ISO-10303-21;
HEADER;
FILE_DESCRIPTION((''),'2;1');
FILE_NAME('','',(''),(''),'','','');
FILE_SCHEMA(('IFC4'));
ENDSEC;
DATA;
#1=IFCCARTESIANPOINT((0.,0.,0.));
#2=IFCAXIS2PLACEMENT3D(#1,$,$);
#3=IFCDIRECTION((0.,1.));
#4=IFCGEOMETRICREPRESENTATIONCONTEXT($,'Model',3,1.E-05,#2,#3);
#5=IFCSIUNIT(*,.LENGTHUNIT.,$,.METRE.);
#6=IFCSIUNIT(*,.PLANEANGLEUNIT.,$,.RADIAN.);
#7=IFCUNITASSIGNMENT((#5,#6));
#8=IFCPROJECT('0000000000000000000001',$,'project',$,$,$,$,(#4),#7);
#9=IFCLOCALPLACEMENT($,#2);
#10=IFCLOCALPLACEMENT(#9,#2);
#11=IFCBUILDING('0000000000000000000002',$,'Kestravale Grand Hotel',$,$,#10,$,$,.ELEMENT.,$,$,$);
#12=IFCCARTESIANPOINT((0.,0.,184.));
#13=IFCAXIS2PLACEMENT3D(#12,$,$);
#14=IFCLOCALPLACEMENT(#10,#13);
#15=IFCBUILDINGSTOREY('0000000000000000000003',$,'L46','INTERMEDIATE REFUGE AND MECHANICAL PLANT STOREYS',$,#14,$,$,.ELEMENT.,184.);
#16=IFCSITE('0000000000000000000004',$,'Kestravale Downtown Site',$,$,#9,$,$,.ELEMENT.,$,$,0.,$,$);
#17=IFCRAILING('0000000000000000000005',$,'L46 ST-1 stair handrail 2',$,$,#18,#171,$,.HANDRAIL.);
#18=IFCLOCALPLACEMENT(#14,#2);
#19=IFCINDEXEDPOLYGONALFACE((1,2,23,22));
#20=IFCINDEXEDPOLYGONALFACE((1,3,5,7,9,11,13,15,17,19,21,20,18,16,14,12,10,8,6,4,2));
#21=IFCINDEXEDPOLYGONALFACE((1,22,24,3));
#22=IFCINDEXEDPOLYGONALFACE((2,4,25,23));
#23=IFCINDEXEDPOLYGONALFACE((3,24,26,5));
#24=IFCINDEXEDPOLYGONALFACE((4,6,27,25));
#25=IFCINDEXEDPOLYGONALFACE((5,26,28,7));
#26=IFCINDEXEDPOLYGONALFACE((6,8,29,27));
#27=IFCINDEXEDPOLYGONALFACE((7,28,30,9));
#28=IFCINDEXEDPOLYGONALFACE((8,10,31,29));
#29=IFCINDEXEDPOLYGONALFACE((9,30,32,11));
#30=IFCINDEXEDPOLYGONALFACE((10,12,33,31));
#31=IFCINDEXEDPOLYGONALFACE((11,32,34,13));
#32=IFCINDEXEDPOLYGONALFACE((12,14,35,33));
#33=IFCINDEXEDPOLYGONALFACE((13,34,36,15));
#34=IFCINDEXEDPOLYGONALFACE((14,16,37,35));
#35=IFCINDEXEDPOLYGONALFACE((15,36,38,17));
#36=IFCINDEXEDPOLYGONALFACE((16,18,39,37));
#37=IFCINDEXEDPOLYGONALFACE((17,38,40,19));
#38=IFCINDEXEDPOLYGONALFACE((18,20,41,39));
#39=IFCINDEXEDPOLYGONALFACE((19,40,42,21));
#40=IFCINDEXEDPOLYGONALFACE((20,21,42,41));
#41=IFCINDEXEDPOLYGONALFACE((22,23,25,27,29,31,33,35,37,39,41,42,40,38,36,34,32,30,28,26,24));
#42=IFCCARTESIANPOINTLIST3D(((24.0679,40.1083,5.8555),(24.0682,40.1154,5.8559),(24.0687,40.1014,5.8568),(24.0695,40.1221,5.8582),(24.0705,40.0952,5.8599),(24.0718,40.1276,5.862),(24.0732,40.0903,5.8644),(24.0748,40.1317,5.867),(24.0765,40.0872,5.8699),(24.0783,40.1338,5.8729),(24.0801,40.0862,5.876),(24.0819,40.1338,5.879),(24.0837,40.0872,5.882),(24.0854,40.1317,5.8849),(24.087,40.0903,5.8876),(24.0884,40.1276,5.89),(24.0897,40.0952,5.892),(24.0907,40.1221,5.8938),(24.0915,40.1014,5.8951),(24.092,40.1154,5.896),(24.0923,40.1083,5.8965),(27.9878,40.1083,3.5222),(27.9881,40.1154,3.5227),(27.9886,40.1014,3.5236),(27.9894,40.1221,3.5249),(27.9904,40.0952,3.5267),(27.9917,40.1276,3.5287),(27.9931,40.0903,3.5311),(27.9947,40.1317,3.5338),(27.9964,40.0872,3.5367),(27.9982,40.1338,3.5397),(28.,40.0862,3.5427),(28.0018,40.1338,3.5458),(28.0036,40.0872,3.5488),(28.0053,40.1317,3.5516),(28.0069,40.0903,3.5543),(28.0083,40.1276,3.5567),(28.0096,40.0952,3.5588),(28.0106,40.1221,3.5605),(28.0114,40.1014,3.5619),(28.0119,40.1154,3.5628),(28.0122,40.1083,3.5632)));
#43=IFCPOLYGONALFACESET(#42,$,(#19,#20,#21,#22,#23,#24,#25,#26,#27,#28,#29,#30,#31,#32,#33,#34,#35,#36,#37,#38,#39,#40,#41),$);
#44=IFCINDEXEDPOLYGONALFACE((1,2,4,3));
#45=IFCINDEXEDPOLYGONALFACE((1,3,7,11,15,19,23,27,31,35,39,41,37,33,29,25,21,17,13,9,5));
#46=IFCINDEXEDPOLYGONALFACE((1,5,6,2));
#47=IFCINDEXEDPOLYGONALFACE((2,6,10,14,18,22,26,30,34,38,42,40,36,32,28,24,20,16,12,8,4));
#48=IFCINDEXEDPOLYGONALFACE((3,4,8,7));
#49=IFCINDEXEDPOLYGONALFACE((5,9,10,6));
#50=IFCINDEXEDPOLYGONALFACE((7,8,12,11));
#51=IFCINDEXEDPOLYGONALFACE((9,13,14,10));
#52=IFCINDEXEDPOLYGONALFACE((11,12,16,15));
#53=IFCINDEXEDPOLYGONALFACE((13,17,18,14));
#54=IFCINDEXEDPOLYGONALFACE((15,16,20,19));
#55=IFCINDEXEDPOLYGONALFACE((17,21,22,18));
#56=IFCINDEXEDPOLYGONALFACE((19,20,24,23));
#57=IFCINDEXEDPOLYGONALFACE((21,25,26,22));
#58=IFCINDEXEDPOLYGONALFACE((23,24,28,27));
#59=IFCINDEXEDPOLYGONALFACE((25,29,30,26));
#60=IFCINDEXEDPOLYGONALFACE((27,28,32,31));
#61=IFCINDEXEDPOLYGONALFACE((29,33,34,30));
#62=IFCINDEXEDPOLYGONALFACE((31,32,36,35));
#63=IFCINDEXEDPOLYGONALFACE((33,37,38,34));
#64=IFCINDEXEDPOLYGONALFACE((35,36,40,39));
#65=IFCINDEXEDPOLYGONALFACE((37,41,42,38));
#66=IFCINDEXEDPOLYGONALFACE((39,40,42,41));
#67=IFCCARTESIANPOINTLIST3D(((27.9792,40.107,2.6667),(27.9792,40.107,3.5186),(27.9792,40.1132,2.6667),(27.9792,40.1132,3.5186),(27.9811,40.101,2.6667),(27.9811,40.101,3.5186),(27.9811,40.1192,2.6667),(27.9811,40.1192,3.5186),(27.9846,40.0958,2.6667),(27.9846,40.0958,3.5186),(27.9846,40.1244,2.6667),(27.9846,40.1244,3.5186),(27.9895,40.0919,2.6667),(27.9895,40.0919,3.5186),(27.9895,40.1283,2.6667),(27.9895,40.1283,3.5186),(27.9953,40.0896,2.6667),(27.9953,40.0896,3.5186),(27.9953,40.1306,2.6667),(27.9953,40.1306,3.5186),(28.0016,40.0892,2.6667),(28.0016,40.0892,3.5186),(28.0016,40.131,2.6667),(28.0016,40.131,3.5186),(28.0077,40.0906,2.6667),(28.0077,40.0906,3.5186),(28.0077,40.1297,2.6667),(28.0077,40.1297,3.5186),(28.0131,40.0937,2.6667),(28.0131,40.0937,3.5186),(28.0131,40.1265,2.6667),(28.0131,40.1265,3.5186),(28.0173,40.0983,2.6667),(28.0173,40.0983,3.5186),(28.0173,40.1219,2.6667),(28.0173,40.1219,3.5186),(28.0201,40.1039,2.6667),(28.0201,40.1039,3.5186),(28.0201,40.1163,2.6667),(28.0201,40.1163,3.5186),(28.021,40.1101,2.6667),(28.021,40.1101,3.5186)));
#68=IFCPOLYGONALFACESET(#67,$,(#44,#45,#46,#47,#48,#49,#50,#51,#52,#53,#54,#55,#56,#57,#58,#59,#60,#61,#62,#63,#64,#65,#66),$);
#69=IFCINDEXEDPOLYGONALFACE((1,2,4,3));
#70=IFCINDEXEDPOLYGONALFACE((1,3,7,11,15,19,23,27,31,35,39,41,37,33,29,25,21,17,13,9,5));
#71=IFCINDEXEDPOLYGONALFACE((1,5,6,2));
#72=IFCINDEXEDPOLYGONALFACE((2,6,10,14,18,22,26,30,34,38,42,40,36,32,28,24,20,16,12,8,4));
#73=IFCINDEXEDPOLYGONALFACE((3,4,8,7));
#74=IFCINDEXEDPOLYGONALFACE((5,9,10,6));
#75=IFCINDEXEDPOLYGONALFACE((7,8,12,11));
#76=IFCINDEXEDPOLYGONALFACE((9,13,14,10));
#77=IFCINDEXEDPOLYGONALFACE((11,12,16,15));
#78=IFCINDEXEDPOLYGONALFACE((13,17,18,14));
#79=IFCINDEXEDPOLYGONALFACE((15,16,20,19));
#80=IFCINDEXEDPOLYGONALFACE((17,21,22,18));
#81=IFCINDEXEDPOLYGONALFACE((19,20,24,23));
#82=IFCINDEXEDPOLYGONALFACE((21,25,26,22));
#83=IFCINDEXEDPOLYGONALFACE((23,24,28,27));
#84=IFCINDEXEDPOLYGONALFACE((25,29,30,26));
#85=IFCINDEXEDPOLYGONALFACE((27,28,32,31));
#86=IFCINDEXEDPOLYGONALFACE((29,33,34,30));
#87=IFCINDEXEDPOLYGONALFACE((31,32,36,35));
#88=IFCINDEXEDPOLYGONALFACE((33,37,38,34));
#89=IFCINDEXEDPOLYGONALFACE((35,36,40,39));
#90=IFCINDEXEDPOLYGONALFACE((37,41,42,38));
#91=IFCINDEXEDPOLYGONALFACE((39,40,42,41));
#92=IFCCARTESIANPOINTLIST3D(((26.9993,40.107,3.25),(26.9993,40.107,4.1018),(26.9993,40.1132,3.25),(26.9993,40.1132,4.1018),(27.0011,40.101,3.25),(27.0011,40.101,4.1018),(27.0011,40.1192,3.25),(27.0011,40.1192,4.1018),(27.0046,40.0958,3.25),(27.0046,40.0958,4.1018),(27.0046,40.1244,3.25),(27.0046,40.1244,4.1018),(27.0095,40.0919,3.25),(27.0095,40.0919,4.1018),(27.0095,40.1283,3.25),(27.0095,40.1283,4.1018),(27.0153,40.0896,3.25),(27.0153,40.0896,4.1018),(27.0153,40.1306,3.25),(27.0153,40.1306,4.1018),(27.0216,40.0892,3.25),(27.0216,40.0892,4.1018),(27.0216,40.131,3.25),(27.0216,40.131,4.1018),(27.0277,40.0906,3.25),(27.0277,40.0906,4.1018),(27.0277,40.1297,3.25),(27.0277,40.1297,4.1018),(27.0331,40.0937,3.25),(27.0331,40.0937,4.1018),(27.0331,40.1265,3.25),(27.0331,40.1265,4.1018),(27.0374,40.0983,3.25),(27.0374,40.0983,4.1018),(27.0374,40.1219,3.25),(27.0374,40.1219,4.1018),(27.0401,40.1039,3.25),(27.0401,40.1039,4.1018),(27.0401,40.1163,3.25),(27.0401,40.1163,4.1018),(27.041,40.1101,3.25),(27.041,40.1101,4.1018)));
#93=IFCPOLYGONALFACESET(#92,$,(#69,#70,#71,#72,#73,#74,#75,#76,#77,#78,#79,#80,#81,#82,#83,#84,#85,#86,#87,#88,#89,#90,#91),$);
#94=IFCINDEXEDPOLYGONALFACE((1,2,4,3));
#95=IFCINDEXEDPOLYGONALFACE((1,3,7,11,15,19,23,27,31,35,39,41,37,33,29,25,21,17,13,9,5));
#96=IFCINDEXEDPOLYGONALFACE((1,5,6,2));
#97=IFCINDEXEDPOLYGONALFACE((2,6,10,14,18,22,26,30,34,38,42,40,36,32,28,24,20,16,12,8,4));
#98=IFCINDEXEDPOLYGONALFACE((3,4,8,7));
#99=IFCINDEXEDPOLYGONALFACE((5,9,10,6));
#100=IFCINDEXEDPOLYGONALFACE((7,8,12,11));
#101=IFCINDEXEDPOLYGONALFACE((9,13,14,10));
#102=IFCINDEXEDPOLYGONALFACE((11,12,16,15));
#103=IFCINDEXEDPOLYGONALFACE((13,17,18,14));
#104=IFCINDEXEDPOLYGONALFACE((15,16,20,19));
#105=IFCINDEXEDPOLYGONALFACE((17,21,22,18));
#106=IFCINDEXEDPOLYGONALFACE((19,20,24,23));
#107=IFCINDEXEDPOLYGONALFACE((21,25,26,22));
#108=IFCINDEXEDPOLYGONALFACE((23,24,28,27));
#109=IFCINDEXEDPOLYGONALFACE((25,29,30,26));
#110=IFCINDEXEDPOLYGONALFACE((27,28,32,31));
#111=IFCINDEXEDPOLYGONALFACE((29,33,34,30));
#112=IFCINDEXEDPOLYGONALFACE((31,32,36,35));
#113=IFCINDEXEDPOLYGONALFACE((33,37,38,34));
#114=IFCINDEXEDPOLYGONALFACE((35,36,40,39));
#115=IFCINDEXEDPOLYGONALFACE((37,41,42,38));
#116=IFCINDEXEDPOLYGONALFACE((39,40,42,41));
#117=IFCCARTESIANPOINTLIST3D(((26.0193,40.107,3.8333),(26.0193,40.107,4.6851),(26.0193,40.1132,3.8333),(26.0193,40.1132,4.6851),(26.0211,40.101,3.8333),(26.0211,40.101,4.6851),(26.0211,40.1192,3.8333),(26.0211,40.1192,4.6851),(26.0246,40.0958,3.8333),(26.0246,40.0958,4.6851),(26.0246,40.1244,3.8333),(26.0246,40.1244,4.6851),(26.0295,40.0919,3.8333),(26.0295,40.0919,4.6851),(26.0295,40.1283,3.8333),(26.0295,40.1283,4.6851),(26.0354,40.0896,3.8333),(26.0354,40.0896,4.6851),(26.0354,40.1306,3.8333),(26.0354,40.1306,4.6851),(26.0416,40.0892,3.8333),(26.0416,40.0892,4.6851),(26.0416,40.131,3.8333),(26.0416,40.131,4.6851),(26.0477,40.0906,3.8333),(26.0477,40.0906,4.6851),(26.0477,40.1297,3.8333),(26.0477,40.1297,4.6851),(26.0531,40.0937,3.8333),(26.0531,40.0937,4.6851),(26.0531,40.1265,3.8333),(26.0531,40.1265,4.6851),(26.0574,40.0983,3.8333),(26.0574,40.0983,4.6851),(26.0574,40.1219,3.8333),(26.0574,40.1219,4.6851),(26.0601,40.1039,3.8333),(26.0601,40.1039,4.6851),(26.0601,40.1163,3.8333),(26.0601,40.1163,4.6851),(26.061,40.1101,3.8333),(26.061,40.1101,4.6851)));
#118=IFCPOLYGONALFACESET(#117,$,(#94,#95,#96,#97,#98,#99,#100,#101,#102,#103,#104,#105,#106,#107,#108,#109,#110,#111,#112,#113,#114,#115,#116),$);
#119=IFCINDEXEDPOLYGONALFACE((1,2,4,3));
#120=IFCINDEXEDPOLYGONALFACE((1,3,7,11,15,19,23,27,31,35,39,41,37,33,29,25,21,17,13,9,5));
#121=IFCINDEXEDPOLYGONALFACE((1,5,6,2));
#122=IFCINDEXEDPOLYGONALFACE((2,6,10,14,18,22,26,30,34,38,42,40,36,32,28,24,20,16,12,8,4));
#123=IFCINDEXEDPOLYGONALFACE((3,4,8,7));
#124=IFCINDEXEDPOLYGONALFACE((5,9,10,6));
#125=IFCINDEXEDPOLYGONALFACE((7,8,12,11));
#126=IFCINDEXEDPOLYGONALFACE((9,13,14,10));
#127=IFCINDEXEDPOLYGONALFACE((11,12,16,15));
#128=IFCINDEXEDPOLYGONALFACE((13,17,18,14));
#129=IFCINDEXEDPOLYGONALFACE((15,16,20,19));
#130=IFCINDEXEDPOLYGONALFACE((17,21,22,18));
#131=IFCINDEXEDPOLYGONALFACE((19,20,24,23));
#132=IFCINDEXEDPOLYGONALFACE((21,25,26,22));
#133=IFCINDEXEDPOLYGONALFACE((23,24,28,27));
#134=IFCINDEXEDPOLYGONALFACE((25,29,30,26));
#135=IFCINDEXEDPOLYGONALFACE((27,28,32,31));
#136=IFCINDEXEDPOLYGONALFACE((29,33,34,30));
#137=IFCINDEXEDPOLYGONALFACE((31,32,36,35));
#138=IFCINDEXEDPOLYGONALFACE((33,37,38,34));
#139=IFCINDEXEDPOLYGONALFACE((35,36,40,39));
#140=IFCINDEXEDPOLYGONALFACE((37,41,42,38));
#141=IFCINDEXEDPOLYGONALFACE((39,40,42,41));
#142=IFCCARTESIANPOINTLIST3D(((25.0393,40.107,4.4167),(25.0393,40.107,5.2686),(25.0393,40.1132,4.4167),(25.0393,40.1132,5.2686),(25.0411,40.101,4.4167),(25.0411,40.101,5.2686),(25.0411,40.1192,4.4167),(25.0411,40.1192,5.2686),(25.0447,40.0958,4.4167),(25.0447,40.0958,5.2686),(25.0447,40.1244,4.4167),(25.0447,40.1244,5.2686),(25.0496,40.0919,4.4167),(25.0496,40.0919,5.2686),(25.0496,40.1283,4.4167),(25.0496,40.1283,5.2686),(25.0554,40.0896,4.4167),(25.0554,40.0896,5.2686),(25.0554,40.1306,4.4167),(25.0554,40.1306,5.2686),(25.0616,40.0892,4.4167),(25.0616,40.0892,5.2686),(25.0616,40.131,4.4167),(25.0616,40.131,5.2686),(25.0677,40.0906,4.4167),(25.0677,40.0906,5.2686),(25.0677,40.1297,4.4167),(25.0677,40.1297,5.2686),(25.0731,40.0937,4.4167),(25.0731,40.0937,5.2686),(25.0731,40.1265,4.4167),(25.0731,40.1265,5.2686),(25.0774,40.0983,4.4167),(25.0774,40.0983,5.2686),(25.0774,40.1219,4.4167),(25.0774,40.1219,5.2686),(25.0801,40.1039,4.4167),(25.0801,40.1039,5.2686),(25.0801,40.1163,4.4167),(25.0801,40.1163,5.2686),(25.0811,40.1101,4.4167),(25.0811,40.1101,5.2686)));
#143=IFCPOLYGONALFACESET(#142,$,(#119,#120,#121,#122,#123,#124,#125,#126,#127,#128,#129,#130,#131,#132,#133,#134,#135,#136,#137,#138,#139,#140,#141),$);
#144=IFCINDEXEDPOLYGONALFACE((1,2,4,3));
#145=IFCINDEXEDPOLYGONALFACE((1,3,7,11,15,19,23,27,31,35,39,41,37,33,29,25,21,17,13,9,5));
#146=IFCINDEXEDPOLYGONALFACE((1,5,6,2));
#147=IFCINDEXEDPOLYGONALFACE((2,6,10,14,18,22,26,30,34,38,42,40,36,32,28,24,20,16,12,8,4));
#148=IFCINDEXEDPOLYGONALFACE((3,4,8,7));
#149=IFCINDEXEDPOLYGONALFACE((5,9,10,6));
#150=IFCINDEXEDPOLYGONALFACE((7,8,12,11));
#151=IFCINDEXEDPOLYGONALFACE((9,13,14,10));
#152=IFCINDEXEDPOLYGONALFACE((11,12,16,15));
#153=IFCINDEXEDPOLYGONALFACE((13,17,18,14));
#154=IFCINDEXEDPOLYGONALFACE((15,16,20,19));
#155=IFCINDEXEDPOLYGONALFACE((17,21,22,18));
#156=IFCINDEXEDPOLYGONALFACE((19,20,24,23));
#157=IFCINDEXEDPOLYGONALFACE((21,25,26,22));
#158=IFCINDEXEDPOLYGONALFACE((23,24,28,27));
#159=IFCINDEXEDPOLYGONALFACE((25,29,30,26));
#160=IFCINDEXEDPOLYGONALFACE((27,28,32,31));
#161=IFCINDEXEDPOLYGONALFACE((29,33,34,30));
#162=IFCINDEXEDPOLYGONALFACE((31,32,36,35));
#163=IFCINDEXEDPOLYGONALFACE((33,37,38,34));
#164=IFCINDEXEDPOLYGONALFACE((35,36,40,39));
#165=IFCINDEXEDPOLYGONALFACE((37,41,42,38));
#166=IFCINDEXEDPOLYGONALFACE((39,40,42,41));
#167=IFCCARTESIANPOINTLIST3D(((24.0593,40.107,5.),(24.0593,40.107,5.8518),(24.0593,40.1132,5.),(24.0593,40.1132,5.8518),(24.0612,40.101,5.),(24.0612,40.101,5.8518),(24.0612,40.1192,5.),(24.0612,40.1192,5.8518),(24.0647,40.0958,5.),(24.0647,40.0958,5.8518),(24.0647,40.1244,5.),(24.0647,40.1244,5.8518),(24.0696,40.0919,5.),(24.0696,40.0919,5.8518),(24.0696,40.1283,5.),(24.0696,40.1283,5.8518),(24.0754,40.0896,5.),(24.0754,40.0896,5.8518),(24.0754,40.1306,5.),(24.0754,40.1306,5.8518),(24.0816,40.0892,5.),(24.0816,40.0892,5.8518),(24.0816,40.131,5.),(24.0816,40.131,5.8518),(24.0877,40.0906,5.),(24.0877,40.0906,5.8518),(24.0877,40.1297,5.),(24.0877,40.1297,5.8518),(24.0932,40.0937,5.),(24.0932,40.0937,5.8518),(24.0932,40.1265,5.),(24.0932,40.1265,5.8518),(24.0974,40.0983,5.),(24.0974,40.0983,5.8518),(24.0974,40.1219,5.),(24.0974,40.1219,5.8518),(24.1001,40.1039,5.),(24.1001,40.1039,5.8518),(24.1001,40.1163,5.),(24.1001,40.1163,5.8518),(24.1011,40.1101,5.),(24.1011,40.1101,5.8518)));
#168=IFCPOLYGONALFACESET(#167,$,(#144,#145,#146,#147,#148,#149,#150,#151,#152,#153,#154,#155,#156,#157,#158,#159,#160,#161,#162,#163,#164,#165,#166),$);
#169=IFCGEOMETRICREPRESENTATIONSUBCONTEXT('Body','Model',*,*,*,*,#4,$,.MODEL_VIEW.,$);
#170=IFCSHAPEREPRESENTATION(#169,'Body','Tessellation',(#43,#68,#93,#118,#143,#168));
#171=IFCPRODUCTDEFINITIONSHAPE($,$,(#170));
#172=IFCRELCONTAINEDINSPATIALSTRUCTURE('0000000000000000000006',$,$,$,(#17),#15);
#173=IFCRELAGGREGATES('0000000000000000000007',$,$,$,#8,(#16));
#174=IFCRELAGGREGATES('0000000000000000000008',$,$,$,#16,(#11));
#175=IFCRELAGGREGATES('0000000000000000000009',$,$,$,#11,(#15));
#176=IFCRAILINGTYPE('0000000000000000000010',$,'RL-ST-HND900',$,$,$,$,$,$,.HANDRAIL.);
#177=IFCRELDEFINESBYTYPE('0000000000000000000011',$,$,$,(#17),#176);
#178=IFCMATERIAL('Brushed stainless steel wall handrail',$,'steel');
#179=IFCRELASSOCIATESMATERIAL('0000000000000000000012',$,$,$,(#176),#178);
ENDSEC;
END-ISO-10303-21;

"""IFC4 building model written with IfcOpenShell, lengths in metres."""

from ifc_helpers import new_model, si_unit, direction, frame, origin, origin_2d, place, context, subcontext, project, spatial, circle, extrude, material, type_object, element, save


model = new_model("IFC4")

# Units and contexts
model_context = context("Model", 3, precision=1e-05, world=origin(), true_north=direction((0.0, 1.0)))
body_context = subcontext(model_context, "Body", "Model", "MODEL_VIEW")
ifc_project = project(units=[si_unit("LENGTHUNIT", "METRE"), si_unit("PLANEANGLEUNIT", "RADIAN")], contexts=[model_context])

# Site, building, storey
site_placement = place(None, origin())
site = spatial("IfcSite", under=ifc_project, at=site_placement, Name="Kestravale Downtown Site", CompositionType="ELEMENT", RefElevation=0.0)
building_placement = place(site_placement, origin())
building = spatial("IfcBuilding", under=site, at=building_placement, Name="Kestravale Grand Hotel", CompositionType="ELEMENT")
storey_placement = place(building_placement, frame((0.0, 0.0, 184.0)))
storey = spatial("IfcBuildingStorey", under=building, at=storey_placement, Name="L46", Description="INTERMEDIATE REFUGE AND MECHANICAL PLANT STOREYS", CompositionType="ELEMENT", Elevation=184.0)

# Railing
ifc_material_1 = material(Name="Brushed stainless steel wall handrail", Category="steel")
railing_type_1 = type_object("IfcRailingType", Name="RL-ST-HND900", PredefinedType="HANDRAIL", material=ifc_material_1)
railing_1_placement = place(storey_placement, frame((28.0, 40.1101, 2.6667)))
element("IfcRailing", 1, at=railing_1_placement, inside=storey, type_object=railing_type_1, Name="L46 ST-1 stair handrail 2", PredefinedType="HANDRAIL", context=body_context, shape_type="SweptSolid", body=[
    extrude(circle(Radius=0.0239, at=origin_2d()), frame((0.0, 0.0, 0.876), z_axis=(-0.859296, 0.0, 0.511478), x_axis=(0.0, -1.0, 0.0)), (0.0, 0.0, 1.0), 4.5618),
    extrude(circle(Radius=0.021, at=origin_2d()), origin(), (0.0, 0.0, 1.0), 0.8518),
    extrude(circle(Radius=0.021, at=origin_2d()), frame((-0.98, 0.0, 0.5833)), (0.0, 0.0, 1.0), 0.8518),
    extrude(circle(Radius=0.021, at=origin_2d()), frame((-1.96, 0.0, 1.1665)), (0.0, 0.0, 1.0), 0.8518),
    extrude(circle(Radius=0.021, at=origin_2d()), frame((-2.9399, 0.0, 1.75)), (0.0, 0.0, 1.0), 0.8518),
    extrude(circle(Radius=0.021, at=origin_2d()), frame((-3.9199, 0.0, 2.3333)), (0.0, 0.0, 1.0), 0.8518),
])

save(model, "model.ifc")
